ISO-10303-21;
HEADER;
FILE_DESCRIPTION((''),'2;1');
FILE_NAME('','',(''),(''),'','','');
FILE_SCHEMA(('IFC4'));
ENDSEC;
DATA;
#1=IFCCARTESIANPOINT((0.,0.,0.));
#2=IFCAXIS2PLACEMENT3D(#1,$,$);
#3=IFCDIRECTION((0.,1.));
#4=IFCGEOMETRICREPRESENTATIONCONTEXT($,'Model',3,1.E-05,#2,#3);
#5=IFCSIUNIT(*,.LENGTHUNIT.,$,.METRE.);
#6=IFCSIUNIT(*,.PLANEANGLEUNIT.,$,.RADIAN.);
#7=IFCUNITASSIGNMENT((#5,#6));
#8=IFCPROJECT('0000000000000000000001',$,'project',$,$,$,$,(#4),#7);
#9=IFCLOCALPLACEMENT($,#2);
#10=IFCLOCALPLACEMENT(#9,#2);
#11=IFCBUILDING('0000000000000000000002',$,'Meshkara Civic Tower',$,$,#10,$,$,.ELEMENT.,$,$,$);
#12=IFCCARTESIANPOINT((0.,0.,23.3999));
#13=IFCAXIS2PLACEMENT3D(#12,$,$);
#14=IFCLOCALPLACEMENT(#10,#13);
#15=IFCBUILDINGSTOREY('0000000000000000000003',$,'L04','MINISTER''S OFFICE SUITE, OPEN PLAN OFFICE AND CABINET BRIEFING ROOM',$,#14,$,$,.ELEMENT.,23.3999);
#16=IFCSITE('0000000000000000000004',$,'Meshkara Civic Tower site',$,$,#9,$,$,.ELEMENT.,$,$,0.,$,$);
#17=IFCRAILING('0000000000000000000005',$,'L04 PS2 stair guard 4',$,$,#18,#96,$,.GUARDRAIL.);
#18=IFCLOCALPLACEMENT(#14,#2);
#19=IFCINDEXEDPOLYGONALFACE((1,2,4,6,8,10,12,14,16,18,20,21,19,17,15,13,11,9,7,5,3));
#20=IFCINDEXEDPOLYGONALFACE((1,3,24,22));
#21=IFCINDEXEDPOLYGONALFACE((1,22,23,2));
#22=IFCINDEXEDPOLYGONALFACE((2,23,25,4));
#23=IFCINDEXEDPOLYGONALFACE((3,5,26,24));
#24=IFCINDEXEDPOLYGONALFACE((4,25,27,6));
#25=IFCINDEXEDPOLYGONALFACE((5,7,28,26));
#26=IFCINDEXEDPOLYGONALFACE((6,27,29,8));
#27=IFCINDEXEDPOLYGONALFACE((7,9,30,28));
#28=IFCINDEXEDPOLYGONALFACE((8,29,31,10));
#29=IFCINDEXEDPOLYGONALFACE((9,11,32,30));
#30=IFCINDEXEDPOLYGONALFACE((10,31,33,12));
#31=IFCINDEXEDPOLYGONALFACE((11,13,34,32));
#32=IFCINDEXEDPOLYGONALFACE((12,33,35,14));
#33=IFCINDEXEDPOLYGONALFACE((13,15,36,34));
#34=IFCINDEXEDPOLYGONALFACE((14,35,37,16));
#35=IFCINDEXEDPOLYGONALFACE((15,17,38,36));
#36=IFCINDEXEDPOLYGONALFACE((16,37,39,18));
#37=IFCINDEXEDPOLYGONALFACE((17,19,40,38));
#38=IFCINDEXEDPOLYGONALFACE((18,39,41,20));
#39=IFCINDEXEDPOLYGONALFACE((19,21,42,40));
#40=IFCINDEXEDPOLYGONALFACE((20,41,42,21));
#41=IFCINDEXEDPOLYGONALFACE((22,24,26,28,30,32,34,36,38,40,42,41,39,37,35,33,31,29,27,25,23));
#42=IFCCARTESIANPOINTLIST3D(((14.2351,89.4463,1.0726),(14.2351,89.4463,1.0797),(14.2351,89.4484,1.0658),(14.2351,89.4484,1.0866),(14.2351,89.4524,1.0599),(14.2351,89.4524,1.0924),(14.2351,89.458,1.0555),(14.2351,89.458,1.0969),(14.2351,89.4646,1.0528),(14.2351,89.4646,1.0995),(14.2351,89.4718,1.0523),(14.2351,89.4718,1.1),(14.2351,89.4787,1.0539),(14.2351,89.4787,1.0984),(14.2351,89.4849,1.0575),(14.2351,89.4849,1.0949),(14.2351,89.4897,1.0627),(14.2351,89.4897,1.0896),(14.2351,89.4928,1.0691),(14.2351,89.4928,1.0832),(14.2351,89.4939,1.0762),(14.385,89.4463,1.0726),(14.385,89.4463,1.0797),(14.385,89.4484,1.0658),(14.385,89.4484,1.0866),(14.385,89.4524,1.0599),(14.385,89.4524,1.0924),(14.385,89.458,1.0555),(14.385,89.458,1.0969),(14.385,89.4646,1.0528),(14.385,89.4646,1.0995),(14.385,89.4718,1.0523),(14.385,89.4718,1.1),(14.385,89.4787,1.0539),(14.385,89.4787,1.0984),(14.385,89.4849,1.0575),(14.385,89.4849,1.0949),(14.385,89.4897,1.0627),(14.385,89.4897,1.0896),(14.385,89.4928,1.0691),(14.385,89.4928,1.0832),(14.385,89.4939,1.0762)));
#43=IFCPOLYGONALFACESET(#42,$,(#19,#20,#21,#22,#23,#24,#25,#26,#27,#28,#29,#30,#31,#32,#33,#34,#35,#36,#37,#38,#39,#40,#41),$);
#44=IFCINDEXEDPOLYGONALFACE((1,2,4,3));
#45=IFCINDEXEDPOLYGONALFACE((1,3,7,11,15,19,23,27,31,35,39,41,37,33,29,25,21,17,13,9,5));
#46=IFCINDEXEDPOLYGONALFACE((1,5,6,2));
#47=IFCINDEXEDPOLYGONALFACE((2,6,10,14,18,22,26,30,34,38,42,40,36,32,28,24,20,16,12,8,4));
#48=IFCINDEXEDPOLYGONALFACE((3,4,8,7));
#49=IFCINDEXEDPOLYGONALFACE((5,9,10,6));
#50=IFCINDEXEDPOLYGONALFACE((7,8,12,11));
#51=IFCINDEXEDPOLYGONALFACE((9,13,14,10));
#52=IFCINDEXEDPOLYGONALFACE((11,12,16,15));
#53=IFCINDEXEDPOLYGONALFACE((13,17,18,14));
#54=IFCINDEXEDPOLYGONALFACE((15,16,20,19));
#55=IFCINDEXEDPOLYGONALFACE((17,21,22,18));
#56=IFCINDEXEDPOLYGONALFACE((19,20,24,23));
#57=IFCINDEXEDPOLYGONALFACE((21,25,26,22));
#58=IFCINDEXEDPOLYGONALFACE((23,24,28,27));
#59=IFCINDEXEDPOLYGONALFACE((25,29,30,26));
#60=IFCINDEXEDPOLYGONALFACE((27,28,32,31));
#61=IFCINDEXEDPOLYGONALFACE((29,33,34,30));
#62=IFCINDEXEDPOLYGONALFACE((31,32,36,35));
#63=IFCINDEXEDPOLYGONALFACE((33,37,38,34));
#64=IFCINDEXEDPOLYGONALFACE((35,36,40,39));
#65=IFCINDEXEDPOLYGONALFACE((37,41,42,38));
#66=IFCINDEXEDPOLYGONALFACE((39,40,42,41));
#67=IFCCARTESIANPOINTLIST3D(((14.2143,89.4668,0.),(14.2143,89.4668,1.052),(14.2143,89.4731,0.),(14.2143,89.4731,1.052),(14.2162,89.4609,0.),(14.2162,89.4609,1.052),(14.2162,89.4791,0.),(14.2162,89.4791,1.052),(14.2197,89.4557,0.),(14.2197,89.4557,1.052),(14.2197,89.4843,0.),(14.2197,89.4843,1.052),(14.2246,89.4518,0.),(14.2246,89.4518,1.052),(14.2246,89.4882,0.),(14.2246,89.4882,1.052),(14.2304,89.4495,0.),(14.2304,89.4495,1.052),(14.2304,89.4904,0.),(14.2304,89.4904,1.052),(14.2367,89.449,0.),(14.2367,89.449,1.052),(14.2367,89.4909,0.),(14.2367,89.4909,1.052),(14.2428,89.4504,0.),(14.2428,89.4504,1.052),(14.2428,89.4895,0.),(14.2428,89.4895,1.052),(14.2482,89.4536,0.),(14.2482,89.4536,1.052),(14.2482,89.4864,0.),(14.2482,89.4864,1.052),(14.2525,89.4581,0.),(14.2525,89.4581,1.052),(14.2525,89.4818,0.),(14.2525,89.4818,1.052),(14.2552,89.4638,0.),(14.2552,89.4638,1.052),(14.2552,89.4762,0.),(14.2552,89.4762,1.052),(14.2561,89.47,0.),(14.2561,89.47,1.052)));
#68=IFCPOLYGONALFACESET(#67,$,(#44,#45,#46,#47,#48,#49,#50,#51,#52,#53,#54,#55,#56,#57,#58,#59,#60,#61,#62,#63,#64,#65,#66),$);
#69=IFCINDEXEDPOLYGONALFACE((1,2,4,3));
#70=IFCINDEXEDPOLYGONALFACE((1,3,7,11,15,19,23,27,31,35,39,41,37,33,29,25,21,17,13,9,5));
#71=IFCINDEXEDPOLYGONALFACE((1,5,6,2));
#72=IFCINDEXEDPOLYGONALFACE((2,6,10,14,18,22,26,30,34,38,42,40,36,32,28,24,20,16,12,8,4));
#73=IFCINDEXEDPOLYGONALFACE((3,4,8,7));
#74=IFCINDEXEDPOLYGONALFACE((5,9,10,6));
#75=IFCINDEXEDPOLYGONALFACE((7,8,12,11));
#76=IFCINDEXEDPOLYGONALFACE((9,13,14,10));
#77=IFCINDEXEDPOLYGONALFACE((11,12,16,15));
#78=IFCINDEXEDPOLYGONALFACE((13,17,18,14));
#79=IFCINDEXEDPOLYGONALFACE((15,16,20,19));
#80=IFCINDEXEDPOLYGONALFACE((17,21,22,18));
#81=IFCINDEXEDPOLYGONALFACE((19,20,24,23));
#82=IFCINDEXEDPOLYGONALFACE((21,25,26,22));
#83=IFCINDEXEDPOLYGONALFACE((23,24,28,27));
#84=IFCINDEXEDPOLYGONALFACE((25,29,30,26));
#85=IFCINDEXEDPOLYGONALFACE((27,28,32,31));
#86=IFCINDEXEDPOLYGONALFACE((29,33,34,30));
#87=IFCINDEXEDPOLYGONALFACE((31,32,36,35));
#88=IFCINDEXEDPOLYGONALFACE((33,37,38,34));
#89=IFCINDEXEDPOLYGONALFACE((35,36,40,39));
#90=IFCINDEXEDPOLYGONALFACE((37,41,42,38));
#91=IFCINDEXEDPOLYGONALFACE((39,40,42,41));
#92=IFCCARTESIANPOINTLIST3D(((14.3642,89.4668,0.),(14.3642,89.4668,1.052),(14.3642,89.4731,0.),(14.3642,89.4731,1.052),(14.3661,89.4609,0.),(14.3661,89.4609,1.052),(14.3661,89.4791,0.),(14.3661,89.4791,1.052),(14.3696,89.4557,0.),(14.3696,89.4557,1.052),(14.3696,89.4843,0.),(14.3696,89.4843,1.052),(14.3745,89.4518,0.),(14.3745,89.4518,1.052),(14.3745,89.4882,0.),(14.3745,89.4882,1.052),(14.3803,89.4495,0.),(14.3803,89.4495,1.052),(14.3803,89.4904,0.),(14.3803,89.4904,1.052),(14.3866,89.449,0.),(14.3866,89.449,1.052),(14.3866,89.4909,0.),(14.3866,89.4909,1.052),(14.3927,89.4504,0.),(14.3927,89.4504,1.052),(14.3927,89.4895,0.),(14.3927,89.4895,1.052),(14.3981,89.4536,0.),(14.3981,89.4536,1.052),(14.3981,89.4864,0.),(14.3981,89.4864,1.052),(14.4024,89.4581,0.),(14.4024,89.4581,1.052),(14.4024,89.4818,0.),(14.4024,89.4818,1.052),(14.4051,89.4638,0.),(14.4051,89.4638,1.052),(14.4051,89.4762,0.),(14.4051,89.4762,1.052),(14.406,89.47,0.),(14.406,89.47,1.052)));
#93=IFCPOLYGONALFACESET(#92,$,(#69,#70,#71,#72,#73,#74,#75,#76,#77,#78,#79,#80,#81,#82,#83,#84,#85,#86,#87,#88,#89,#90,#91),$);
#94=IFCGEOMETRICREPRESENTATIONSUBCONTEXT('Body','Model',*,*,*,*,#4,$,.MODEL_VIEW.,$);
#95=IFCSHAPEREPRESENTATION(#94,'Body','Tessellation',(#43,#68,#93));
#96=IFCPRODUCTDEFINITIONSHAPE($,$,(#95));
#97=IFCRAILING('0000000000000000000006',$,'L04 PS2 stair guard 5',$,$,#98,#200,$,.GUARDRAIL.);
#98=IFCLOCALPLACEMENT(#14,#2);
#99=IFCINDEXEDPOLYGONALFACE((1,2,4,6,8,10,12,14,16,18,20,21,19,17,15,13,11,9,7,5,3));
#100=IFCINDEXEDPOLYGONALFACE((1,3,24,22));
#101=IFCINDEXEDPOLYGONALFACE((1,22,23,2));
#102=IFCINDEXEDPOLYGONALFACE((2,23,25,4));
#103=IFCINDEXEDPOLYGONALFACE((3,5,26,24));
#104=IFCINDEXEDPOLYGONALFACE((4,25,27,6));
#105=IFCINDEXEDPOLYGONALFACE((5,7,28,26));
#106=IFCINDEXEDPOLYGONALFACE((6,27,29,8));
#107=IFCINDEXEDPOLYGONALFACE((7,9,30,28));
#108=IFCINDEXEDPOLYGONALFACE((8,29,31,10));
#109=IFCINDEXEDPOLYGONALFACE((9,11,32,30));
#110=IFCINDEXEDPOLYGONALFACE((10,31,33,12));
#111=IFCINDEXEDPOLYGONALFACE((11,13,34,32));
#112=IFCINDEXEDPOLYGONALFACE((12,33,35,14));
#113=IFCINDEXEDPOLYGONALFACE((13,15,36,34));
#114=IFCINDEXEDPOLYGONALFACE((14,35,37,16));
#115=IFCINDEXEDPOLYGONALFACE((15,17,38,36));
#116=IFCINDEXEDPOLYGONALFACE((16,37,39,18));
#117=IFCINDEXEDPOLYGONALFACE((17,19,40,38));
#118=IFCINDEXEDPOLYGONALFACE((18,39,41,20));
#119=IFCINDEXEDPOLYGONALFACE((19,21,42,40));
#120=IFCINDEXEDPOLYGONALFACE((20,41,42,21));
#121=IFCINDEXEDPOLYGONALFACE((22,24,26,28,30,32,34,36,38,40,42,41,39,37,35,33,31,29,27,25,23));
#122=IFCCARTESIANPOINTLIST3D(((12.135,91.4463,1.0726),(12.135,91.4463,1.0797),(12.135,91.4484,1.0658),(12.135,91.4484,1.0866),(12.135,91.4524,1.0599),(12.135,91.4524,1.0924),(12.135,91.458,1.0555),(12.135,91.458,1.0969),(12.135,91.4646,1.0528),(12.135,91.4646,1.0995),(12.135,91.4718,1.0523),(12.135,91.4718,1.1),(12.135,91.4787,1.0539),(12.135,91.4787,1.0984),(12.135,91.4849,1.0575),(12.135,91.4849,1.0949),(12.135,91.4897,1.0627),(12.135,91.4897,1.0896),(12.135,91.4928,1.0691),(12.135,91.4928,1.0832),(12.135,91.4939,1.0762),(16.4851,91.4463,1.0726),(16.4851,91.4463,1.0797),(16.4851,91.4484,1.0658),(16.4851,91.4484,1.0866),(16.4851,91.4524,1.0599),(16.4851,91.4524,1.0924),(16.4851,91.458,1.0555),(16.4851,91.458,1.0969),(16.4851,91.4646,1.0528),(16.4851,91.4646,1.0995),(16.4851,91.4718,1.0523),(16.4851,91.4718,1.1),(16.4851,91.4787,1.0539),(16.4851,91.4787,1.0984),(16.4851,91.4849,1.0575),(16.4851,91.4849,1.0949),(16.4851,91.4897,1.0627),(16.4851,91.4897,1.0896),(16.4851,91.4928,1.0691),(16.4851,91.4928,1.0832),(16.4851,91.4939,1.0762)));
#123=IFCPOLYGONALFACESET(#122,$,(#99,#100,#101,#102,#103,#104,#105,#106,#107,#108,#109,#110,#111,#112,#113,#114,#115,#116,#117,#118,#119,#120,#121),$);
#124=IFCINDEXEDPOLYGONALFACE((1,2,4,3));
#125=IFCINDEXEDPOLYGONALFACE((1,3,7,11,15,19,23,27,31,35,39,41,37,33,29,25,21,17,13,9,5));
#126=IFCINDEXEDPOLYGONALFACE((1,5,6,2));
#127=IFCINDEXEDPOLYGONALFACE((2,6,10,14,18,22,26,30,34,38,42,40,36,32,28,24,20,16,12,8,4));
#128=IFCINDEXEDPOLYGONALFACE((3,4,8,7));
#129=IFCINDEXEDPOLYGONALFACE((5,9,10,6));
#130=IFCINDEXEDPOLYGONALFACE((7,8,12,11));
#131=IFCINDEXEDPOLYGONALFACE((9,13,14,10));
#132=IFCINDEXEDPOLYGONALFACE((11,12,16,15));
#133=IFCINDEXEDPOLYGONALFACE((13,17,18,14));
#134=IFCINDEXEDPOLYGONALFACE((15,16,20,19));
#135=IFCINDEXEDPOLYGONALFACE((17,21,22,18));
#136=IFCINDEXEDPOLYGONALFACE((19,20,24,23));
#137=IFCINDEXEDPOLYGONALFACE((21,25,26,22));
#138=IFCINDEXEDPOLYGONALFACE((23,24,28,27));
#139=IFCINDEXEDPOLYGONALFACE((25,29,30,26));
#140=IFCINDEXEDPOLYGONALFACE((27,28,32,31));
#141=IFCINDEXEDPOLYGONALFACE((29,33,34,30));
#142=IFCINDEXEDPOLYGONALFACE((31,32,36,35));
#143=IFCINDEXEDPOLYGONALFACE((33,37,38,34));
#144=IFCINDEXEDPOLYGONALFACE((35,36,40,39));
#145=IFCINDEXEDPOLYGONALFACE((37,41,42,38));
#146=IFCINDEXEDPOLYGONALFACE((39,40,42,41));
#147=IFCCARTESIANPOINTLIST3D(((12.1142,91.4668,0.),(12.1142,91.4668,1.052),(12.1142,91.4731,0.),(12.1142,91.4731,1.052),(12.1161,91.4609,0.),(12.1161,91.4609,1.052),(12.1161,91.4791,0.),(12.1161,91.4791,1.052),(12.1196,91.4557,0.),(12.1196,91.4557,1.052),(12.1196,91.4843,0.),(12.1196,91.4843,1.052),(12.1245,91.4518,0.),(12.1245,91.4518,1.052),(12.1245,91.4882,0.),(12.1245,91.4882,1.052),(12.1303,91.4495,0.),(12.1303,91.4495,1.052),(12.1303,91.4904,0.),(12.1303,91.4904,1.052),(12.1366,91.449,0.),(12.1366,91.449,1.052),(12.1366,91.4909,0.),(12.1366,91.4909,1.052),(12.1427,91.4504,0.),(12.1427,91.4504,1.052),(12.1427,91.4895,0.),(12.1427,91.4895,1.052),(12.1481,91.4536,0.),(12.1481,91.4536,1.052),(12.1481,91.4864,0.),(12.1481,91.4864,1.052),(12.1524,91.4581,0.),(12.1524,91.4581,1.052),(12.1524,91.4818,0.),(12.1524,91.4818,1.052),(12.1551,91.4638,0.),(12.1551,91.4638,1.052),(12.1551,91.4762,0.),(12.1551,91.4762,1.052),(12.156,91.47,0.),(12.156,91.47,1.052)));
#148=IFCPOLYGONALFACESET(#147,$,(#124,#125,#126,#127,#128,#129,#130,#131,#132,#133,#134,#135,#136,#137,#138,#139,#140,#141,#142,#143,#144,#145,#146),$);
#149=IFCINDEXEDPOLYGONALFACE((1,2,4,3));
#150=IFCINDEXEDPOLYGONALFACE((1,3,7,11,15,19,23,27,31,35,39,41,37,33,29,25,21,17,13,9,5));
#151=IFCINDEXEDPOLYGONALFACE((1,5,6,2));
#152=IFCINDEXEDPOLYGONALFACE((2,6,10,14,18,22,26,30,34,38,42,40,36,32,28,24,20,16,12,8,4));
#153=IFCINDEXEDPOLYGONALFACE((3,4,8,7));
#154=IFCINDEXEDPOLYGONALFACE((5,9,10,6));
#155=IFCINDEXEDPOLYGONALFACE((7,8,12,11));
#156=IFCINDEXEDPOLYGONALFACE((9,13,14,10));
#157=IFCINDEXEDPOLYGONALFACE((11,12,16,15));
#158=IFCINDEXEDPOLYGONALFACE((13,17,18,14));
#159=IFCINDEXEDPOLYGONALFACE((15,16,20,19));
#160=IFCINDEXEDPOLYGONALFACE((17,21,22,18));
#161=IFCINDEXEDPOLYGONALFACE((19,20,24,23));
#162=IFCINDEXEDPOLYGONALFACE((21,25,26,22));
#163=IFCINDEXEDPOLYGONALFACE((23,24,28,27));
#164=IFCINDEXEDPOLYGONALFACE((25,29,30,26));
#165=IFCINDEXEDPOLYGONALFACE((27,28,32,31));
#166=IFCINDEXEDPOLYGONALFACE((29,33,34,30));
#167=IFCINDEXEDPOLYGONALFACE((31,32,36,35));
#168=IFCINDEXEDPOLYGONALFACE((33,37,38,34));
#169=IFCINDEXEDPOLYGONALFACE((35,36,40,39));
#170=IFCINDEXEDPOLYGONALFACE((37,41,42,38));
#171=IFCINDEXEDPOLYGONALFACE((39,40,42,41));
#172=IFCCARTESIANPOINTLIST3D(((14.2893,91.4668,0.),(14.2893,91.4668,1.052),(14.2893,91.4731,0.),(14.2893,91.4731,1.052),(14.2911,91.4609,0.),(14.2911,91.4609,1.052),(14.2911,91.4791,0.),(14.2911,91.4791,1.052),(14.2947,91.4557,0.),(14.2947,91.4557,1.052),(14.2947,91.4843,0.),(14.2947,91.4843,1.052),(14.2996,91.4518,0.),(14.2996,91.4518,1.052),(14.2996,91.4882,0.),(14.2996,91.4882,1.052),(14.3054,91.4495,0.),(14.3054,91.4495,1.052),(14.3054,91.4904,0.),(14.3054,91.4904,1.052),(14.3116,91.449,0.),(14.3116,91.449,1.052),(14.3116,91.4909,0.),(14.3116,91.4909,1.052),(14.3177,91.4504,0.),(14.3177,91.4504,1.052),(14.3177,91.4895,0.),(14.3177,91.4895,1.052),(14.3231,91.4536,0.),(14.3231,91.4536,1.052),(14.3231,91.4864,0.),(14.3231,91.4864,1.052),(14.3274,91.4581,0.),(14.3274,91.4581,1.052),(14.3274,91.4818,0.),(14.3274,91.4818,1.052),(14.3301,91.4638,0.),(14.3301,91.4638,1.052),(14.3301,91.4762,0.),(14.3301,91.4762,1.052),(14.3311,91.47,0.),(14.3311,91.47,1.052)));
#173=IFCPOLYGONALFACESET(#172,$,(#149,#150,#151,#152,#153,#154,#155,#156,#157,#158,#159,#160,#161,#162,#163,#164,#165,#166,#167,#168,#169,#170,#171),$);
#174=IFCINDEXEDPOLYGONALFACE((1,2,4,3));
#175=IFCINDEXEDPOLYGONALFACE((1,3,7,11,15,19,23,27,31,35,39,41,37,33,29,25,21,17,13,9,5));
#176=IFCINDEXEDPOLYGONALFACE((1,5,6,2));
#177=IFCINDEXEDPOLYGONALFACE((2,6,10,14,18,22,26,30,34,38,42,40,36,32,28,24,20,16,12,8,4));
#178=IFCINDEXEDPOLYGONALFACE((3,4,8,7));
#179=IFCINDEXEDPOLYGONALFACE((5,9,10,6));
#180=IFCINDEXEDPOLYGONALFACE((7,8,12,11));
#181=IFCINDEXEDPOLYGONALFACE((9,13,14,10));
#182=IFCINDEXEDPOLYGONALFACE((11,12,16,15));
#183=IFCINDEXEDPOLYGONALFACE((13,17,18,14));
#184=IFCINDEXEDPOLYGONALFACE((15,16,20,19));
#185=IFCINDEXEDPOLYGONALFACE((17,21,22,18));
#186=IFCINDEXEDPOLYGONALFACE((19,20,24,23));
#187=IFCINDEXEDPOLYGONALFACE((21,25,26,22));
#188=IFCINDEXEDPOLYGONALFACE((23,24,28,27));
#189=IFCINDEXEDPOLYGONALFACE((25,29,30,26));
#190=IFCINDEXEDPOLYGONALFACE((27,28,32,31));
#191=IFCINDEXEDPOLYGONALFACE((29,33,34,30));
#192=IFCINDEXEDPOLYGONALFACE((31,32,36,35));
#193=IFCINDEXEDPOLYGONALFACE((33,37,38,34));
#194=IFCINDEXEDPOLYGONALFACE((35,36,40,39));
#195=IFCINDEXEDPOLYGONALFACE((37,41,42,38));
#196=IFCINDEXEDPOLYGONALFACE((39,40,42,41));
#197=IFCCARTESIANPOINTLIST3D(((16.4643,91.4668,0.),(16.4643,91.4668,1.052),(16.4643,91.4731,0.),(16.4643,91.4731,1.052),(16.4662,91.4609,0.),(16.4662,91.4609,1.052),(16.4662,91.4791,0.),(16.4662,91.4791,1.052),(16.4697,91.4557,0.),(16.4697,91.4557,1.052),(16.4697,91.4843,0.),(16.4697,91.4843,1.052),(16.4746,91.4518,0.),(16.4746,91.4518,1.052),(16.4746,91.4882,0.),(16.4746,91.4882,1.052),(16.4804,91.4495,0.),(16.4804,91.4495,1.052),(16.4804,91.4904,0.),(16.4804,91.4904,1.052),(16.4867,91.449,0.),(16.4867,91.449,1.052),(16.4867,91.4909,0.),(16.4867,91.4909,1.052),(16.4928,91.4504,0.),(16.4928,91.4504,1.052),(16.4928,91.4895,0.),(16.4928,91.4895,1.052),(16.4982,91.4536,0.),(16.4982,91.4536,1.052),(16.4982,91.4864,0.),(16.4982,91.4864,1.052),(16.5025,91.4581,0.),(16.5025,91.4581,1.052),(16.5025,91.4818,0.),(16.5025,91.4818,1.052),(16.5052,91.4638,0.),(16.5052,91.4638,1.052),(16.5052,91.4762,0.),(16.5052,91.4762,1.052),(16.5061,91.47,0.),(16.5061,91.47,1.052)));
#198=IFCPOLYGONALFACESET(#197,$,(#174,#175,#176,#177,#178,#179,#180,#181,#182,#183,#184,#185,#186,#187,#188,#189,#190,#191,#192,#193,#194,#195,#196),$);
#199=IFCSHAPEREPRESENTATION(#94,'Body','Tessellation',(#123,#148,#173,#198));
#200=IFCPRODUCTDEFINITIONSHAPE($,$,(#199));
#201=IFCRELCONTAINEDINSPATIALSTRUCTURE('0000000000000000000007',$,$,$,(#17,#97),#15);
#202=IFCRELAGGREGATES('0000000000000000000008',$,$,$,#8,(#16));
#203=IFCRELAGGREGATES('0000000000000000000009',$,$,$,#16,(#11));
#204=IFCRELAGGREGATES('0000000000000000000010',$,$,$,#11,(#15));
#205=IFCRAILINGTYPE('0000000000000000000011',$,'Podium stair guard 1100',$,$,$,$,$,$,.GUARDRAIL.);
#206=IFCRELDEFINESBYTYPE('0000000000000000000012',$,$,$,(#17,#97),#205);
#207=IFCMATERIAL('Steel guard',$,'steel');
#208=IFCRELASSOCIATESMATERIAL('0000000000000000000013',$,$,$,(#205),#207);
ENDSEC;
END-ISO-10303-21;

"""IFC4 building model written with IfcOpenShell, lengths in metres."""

from ifc_helpers import new_model, si_unit, direction, frame, origin, origin_2d, place, context, subcontext, project, spatial, circle, extrude, material, type_object, element, save


model = new_model("IFC4")

# Units and contexts
model_context = context("Model", 3, precision=1e-05, world=origin(), true_north=direction((0.0, 1.0)))
body_context = subcontext(model_context, "Body", "Model", "MODEL_VIEW")
ifc_project = project(units=[si_unit("LENGTHUNIT", "METRE"), si_unit("PLANEANGLEUNIT", "RADIAN")], contexts=[model_context])

# Site, building, storey
site_placement = place(None, origin())
site = spatial("IfcSite", under=ifc_project, at=site_placement, Name="Meshkara Civic Tower site", CompositionType="ELEMENT", RefElevation=0.0)
building_placement = place(site_placement, origin())
building = spatial("IfcBuilding", under=site, at=building_placement, Name="Meshkara Civic Tower", CompositionType="ELEMENT")
storey_placement = place(building_placement, frame((0.0, 0.0, 23.3999)))
storey = spatial("IfcBuildingStorey", under=building, at=storey_placement, Name="L04", Description="MINISTER'S OFFICE SUITE, OPEN PLAN OFFICE AND CABINET BRIEFING ROOM", CompositionType="ELEMENT", Elevation=23.3999)

# Railings
ifc_material_1 = material(Name="Steel guard", Category="steel")
railing_type_1 = type_object("IfcRailingType", Name="Podium stair guard 1100", PredefinedType="GUARDRAIL", material=ifc_material_1)
railing_1_placement = place(storey_placement, frame((14.2351, 89.47, 0.0)))
element("IfcRailing", 1, at=railing_1_placement, inside=storey, type_object=railing_type_1, Name="L04 PS2 stair guard 4", PredefinedType="GUARDRAIL", context=body_context, shape_type="SweptSolid", body=[
    extrude(circle(Radius=0.0239, at=origin_2d()), frame((0.0, 0.0, 1.0762), z_axis=(1.0, 0.0, 0.0), x_axis=(0.0, 1.0, 0.0)), (0.0, 0.0, 1.0), 0.1499),
    extrude(circle(Radius=0.021, at=origin_2d()), origin(), (0.0, 0.0, 1.0), 1.052),
    extrude(circle(Radius=0.021, at=origin_2d()), frame((0.1499, 0.0, 0.0)), (0.0, 0.0, 1.0), 1.052),
])
railing_2_placement = place(storey_placement, frame((12.135, 91.47, 0.0)))
element("IfcRailing", 2, at=railing_2_placement, inside=storey, type_object=railing_type_1, Name="L04 PS2 stair guard 5", PredefinedType="GUARDRAIL", context=body_context, shape_type="SweptSolid", body=[
    extrude(circle(Radius=0.0239, at=origin_2d()), frame((0.0, 0.0, 1.0762), z_axis=(1.0, 0.0, 0.0), x_axis=(0.0, 1.0, 0.0)), (0.0, 0.0, 1.0), 4.3501),
    extrude(circle(Radius=0.021, at=origin_2d()), origin(), (0.0, 0.0, 1.0), 1.052),
    extrude(circle(Radius=0.021, at=origin_2d()), frame((2.175, 0.0, 0.0)), (0.0, 0.0, 1.0), 1.052),
    extrude(circle(Radius=0.021, at=origin_2d()), frame((4.3501, 0.0, 0.0)), (0.0, 0.0, 1.0), 1.052),
])

save(model, "model.ifc")
